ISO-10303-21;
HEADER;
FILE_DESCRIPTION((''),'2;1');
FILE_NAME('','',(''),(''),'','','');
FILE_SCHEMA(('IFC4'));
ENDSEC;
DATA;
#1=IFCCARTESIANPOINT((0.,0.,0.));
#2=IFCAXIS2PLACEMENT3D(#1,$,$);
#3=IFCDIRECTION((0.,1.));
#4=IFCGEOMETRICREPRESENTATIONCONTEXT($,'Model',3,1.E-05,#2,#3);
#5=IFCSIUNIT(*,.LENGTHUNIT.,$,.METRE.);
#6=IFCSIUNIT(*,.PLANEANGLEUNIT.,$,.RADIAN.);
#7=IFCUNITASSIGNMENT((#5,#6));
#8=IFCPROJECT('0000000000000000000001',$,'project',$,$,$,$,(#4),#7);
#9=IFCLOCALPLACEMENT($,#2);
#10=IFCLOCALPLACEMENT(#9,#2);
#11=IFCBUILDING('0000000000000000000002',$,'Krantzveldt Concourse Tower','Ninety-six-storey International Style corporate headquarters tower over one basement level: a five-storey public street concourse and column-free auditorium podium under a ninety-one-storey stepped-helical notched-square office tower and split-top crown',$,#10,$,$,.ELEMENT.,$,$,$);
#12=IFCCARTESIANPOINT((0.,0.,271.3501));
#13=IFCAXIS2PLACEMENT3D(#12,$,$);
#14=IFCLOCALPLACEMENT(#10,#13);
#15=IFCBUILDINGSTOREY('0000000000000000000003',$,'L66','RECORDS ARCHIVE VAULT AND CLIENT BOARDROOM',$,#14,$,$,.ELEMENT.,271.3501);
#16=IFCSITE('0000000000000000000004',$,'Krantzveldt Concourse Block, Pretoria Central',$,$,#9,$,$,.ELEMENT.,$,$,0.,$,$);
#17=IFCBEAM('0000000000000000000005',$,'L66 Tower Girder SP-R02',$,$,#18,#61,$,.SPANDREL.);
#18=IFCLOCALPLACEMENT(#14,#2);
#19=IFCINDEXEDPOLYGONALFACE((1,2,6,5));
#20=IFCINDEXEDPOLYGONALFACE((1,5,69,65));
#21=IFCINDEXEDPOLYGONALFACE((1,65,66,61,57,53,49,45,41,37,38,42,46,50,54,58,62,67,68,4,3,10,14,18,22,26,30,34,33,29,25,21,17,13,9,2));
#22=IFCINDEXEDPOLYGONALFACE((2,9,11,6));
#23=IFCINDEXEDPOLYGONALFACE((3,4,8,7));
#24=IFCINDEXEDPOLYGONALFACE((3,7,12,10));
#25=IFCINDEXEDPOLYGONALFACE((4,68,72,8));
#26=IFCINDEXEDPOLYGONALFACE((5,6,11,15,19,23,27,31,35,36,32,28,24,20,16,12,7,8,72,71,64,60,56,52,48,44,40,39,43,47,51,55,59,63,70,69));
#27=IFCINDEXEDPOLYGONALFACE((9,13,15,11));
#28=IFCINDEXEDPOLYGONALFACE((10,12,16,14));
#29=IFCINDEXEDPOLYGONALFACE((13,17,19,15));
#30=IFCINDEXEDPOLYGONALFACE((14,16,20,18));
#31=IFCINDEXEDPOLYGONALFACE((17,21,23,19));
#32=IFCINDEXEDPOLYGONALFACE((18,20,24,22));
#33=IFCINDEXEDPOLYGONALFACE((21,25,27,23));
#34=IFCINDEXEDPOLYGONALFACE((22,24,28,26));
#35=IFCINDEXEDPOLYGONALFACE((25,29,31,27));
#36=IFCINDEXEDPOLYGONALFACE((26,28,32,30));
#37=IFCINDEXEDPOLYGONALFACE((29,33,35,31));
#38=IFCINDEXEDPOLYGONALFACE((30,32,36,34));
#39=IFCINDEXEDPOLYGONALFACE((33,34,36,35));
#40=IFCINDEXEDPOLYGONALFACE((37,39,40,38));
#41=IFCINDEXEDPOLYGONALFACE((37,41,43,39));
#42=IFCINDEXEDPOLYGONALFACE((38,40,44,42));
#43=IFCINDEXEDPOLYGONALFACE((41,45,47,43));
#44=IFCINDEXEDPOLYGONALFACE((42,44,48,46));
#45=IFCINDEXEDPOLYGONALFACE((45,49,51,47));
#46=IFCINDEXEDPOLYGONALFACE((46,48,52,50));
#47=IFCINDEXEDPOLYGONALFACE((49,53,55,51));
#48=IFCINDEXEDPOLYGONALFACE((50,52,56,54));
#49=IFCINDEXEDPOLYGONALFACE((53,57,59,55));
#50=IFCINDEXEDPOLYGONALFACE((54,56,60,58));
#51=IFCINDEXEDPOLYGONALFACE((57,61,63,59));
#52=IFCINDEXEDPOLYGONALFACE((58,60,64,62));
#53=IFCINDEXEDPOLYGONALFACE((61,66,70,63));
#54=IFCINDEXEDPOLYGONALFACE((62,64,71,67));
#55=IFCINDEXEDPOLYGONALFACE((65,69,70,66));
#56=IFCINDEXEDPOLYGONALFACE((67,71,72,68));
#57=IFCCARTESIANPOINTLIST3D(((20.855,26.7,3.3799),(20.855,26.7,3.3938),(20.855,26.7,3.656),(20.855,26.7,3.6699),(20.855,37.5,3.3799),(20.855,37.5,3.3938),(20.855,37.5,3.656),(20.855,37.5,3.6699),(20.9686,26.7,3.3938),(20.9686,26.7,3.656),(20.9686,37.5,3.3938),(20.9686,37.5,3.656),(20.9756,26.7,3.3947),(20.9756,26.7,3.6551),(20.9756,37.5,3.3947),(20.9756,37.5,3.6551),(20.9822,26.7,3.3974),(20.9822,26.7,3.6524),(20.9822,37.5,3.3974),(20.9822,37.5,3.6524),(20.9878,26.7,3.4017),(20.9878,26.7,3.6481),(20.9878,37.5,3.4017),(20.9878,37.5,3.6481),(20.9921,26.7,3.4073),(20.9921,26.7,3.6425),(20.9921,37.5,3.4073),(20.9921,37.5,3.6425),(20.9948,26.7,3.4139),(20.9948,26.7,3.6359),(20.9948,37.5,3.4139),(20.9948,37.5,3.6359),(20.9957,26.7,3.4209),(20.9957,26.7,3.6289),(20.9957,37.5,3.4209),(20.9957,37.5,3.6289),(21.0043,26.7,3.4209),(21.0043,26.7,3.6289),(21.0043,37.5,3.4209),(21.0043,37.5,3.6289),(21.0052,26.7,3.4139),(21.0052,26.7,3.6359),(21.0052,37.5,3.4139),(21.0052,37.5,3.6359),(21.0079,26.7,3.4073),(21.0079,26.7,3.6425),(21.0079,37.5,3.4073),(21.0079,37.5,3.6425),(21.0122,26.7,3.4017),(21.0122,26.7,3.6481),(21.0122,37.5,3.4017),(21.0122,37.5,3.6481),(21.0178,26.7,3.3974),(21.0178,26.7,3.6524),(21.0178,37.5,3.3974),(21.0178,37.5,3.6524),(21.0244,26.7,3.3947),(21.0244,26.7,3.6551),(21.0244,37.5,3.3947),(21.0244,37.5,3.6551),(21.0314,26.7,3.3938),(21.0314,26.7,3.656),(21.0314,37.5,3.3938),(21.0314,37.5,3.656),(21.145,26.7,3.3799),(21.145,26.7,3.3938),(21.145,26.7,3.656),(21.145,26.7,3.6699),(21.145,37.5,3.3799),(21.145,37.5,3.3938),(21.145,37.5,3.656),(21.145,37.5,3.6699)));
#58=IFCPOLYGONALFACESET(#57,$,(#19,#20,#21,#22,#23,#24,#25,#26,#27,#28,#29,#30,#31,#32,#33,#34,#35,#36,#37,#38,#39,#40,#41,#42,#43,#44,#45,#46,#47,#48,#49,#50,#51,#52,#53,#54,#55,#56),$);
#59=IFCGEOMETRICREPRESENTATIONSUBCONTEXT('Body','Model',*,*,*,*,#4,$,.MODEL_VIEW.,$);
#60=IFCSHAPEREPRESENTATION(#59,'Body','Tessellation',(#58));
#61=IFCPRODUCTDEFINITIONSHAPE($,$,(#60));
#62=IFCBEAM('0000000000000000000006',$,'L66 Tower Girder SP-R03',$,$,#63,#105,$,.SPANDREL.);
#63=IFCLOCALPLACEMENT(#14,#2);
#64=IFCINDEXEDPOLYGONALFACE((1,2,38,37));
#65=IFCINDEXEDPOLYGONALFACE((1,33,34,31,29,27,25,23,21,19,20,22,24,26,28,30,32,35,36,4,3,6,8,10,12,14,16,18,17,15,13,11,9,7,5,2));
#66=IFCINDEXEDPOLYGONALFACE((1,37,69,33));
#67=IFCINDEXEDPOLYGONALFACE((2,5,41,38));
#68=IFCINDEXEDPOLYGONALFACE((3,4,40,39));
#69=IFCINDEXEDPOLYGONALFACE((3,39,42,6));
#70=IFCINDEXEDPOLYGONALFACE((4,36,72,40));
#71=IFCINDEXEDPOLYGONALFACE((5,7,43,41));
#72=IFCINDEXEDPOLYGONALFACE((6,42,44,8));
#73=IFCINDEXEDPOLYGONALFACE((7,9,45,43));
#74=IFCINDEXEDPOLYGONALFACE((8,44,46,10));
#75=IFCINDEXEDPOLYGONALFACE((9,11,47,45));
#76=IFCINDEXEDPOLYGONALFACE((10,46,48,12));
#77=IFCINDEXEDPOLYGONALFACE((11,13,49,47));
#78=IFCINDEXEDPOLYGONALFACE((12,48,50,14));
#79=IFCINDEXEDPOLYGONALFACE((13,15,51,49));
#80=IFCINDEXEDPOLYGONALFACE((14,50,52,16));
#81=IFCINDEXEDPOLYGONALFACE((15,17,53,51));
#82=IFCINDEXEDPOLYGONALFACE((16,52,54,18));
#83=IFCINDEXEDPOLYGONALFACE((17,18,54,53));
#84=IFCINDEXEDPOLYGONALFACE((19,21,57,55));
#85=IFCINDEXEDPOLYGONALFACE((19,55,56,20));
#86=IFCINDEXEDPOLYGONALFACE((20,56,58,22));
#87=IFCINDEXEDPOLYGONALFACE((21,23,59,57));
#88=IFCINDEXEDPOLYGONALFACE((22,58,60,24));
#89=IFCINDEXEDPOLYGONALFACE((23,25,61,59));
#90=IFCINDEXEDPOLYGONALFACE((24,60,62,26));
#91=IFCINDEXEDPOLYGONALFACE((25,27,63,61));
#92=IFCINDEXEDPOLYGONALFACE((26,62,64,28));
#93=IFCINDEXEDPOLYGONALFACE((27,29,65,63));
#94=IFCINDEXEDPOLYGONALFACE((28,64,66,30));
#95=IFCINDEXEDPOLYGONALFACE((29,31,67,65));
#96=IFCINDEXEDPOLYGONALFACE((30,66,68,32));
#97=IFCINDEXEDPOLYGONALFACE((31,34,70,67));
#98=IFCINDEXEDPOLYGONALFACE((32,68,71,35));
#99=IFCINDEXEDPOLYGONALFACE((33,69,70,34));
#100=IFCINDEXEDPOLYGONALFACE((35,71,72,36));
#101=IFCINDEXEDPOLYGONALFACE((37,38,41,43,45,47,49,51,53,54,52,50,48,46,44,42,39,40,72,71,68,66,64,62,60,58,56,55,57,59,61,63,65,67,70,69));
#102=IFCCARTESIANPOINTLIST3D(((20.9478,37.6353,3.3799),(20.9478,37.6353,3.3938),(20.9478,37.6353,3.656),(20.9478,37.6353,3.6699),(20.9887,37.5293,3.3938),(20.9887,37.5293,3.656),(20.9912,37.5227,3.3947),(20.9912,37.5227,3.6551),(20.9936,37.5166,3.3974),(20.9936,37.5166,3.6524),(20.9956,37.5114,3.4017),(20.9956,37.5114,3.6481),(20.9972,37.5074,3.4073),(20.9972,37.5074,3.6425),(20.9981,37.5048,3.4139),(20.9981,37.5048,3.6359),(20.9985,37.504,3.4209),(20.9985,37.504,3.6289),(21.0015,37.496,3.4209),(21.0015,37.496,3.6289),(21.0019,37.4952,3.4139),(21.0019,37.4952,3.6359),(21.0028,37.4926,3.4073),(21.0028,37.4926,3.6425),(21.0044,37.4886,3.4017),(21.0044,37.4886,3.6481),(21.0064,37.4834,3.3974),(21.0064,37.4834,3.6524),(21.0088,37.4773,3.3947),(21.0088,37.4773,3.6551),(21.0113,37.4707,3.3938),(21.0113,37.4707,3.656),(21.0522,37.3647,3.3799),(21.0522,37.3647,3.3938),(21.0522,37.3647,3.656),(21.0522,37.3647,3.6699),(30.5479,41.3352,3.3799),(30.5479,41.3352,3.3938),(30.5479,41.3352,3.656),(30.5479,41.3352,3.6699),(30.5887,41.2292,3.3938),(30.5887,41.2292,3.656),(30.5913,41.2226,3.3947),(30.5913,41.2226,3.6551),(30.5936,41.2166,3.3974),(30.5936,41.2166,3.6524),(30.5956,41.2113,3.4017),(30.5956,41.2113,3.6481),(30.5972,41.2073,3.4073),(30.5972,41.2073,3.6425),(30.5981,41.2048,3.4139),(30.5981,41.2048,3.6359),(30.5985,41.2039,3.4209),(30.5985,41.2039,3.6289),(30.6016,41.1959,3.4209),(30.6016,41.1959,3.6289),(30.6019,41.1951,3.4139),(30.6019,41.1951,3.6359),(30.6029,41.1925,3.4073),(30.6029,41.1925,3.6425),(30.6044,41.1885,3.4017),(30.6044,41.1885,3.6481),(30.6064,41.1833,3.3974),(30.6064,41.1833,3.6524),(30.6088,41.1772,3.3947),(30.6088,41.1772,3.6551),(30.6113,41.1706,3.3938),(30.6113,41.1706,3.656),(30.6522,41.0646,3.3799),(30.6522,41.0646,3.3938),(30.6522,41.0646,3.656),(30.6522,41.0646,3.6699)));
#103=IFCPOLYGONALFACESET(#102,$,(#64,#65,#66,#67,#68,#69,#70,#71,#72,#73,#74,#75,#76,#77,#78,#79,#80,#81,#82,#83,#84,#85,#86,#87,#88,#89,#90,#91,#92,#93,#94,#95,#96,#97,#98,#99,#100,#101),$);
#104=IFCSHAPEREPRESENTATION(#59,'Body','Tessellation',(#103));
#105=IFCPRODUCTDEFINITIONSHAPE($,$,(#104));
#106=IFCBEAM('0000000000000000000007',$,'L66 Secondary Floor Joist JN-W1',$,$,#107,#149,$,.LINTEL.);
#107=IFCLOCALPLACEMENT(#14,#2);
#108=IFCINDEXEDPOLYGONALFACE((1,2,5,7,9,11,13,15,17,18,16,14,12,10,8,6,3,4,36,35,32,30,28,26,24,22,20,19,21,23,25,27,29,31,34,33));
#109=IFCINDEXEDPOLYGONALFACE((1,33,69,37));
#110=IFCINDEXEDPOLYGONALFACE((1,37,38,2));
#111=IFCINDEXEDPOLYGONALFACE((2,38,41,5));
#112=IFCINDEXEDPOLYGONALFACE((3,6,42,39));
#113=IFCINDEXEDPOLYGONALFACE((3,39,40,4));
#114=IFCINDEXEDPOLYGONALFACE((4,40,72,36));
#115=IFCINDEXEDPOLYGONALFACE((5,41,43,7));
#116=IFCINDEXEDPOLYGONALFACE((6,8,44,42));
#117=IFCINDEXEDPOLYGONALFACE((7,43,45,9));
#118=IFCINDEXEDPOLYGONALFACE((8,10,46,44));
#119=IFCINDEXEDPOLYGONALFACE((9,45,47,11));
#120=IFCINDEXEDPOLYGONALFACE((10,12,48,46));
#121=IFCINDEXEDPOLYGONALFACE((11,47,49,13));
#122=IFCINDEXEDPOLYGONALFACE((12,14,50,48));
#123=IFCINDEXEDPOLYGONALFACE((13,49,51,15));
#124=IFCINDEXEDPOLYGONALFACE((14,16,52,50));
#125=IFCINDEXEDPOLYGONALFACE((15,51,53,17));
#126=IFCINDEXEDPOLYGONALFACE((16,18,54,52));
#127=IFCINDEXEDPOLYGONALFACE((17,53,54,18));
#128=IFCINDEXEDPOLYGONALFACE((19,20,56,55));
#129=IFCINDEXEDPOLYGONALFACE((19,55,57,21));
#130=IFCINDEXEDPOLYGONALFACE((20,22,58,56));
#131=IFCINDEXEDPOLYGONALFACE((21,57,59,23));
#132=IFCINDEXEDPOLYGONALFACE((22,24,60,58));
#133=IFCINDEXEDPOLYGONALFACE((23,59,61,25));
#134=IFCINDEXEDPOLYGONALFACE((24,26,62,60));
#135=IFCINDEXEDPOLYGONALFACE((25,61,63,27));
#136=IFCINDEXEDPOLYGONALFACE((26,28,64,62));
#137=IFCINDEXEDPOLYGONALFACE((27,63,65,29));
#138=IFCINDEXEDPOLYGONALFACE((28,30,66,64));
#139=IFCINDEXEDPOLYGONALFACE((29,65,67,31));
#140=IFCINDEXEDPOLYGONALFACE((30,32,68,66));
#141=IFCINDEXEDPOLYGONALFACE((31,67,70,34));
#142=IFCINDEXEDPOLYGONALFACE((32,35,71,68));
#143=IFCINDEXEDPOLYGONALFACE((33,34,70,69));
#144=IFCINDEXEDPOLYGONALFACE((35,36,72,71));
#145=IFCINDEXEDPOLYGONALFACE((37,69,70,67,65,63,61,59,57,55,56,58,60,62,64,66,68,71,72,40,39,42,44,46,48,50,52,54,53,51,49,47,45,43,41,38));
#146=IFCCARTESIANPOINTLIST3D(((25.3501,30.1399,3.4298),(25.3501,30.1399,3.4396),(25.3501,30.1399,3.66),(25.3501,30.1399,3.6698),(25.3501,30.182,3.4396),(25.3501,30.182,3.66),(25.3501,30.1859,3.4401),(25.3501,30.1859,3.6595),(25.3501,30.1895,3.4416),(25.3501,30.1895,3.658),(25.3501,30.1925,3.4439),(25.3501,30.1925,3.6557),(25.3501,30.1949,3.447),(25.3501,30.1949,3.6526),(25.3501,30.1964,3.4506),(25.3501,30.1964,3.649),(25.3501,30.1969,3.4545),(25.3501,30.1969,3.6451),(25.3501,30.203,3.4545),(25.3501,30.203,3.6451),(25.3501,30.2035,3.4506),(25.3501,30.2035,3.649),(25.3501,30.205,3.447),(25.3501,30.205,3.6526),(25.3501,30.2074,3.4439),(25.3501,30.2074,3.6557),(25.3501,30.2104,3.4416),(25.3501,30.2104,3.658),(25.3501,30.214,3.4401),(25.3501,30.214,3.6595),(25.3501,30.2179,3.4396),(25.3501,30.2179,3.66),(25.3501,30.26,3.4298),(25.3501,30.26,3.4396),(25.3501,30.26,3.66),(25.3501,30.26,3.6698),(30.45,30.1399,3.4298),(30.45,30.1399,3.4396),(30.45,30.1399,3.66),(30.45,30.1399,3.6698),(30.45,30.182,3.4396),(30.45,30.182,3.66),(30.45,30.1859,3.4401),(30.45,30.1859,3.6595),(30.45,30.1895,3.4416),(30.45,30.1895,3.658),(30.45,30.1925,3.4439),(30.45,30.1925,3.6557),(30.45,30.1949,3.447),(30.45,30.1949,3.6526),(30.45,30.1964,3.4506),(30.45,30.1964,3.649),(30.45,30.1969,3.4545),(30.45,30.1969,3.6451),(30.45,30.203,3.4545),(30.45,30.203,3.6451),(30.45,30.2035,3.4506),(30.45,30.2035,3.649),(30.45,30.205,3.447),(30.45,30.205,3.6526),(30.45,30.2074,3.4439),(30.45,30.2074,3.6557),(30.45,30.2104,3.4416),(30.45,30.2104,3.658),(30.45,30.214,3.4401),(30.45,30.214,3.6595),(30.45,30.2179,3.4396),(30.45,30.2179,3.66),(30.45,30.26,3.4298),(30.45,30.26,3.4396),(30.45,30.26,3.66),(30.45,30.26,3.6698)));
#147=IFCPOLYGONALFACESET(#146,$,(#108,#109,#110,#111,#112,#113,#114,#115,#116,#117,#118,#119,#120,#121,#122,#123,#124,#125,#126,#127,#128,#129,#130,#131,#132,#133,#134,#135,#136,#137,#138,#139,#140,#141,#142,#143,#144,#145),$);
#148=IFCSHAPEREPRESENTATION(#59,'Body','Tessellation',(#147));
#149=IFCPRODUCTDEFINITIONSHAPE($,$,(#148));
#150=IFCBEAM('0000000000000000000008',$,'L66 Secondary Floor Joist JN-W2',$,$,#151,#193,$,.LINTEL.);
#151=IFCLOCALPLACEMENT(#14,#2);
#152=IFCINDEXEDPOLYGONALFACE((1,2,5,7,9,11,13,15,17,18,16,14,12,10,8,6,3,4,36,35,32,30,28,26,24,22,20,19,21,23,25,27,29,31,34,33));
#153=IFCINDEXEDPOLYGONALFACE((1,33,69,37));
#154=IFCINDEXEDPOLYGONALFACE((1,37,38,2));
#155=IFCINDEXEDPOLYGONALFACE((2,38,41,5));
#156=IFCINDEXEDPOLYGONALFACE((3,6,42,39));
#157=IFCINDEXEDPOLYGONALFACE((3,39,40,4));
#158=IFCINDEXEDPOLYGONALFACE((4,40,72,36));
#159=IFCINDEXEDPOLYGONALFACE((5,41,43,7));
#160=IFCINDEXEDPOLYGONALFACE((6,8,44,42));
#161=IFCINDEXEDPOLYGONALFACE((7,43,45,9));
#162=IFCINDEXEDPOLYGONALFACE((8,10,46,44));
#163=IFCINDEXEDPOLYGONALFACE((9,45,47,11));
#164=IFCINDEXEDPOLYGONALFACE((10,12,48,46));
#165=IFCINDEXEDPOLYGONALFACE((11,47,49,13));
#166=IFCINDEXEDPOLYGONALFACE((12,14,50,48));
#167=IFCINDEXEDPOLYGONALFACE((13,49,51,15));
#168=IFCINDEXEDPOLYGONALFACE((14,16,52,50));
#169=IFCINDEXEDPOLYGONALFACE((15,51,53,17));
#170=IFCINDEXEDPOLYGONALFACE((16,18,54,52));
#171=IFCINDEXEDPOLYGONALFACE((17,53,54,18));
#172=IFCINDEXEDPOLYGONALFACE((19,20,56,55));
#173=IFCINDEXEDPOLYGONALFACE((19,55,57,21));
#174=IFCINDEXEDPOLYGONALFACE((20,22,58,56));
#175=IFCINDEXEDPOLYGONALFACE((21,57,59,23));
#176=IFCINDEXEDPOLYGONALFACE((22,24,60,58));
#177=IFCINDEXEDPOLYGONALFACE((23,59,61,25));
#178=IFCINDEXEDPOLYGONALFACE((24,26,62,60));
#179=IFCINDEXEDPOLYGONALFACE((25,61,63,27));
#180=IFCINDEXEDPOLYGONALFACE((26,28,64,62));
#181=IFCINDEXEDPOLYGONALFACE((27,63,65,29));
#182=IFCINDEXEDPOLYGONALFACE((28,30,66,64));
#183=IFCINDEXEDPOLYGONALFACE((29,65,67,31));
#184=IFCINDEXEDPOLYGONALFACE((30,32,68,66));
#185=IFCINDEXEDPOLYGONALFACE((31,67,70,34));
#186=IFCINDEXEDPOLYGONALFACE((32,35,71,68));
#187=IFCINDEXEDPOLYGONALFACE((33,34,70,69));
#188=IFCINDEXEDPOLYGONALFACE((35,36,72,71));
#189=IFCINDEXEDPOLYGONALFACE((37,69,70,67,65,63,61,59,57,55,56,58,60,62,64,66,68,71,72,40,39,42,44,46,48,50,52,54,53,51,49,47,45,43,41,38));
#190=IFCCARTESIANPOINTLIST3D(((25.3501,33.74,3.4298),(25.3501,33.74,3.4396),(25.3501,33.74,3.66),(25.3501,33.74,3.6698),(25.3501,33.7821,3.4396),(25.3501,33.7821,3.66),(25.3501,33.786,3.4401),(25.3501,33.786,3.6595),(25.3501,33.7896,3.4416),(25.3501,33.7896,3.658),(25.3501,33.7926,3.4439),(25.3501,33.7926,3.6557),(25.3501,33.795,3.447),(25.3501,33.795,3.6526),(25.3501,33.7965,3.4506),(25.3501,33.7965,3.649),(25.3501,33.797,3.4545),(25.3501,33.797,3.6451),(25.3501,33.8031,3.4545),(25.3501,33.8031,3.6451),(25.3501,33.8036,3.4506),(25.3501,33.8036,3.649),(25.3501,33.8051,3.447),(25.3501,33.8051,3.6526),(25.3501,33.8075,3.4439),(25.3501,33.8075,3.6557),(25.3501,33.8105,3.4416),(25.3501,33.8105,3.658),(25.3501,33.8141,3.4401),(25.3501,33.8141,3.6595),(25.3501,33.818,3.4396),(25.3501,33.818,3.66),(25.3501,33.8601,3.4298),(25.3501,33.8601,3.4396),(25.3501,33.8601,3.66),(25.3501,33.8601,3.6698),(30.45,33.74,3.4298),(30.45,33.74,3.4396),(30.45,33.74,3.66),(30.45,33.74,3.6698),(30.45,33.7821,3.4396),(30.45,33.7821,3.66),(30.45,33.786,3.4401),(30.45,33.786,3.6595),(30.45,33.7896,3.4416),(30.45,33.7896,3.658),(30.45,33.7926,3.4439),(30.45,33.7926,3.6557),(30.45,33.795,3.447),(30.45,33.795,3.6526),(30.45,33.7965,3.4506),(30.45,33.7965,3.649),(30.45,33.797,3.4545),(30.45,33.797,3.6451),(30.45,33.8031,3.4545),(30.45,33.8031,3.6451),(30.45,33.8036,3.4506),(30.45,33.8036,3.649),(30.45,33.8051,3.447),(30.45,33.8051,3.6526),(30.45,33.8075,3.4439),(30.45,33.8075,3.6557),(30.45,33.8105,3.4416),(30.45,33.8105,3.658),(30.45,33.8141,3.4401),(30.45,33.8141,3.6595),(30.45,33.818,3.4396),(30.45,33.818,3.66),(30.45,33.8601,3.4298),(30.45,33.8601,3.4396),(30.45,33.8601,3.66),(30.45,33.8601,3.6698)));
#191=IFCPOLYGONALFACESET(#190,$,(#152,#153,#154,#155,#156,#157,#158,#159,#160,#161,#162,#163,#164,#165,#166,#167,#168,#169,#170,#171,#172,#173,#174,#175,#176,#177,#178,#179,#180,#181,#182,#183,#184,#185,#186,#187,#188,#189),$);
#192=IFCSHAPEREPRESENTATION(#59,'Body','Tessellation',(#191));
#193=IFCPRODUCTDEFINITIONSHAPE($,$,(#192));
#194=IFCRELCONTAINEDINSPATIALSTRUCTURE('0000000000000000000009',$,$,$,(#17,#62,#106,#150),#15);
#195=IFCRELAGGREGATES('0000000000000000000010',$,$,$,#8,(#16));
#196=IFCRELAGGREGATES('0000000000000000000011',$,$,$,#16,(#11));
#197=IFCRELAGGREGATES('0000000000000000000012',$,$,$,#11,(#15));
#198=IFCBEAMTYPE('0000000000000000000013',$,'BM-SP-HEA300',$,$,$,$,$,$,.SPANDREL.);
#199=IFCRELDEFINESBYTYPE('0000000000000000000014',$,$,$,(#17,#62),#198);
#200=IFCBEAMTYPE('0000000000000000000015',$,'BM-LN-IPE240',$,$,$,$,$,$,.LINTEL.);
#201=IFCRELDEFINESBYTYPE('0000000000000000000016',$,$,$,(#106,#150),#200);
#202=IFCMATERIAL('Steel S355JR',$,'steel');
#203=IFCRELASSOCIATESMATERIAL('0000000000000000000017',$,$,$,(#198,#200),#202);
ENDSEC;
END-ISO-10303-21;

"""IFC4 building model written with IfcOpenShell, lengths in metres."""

from ifc_helpers import new_model, si_unit, direction, frame, origin, origin_2d, place, context, subcontext, project, spatial, i_section, extrude, source, transform, mapped, material, material_profile, profile_set, type_object, type_shapes, element, save


model = new_model("IFC4")

# Units and contexts
model_context = context("Model", 3, precision=1e-05, world=origin(), true_north=direction((0.0, 1.0)))
body_context = subcontext(model_context, "Body", "Model", "MODEL_VIEW")
ifc_project = project(units=[si_unit("LENGTHUNIT", "METRE"), si_unit("PLANEANGLEUNIT", "RADIAN")], contexts=[model_context])

# Site, building, storey
site_placement = place(None, origin())
site = spatial("IfcSite", under=ifc_project, at=site_placement, Name="Krantzveldt Concourse Block, Pretoria Central", CompositionType="ELEMENT", RefElevation=0.0)
building_placement = place(site_placement, origin())
building = spatial("IfcBuilding", under=site, at=building_placement, Name="Krantzveldt Concourse Tower", Description="Ninety-six-storey International Style corporate headquarters tower over one basement level: a five-storey public street concourse and column-free auditorium podium under a ninety-one-storey stepped-helical notched-square office tower and split-top crown", CompositionType="ELEMENT")
storey_placement = place(building_placement, frame((0.0, 0.0, 271.3501)))
storey = spatial("IfcBuildingStorey", under=building, at=storey_placement, Name="L66", Description="RECORDS ARCHIVE VAULT AND CLIENT BOARDROOM", CompositionType="ELEMENT", Elevation=271.3501)

# Beams
ifc_material_1 = material(Name="Steel S355JR", Category="steel")
ifc_material_profile_1 = material_profile(ifc_material_1, i_section(OverallWidth=0.29, OverallDepth=0.29, WebThickness=0.0085, FlangeThickness=0.0139, FilletRadius=0.0271, at=origin_2d()), Name="Steel S355JR", Category="steel")
ifc_profile_set_1 = profile_set([ifc_material_profile_1], Name="Steel S355JR - HEA 300")
beam_type_1 = type_object("IfcBeamType", Name="BM-SP-HEA300", PredefinedType="SPANDREL", material=ifc_profile_set_1)
shared_shape_1 = source(origin(), body_context, "Body", "SweptSolid", [
    extrude(i_section(OverallWidth=0.29, OverallDepth=0.29, WebThickness=0.0085, FlangeThickness=0.0139, FilletRadius=0.0271, at=origin_2d()), origin(), (0.0, 0.0, 1.0), 10.8),
])
beam_1_placement = place(storey_placement, frame((21.0, 26.7, 3.5249), z_axis=(0.0, 1.0, 0.0), x_axis=(-1.0, 0.0, 0.0)))
element("IfcBeam", 1, at=beam_1_placement, inside=storey, type_object=beam_type_1, Name="L66 Tower Girder SP-R02", PredefinedType="SPANDREL", context=body_context, shape_type="MappedRepresentation", body=[
    mapped(shared_shape_1, transform((0.0, 0.0, 0.0), x_axis=(1.0, 0.0, 0.0), y_axis=(0.0, 1.0, 0.0), z_axis=(0.0, 0.0, 1.0), scale=1.0)),
])
shared_shape_2 = source(origin(), body_context, "Body", "SweptSolid", [
    extrude(i_section(OverallWidth=0.29, OverallDepth=0.29, WebThickness=0.0085, FlangeThickness=0.0139, FilletRadius=0.0271, at=origin_2d()), origin(), (0.0, 0.0, 1.0), 10.2883),
])
type_shapes(beam_type_1, [shared_shape_1, shared_shape_2])
beam_2_placement = place(storey_placement, frame((21.0, 37.5, 3.5249), z_axis=(0.933098, 0.359623, 0.0), x_axis=(-0.359623, 0.933098, 0.0)))
element("IfcBeam", 2, at=beam_2_placement, inside=storey, type_object=beam_type_1, Name="L66 Tower Girder SP-R03", PredefinedType="SPANDREL", context=body_context, shape_type="MappedRepresentation", body=[
    mapped(shared_shape_2, transform((0.0, 0.0, 0.0), x_axis=(1.0, 0.0, 0.0), y_axis=(0.0, 1.0, 0.0), z_axis=(0.0, 0.0, 1.0), scale=1.0)),
])
ifc_material_profile_2 = material_profile(ifc_material_1, i_section(OverallWidth=0.1201, OverallDepth=0.24, WebThickness=0.0061, FlangeThickness=0.0098, FilletRadius=0.0149, at=origin_2d()), Name="Steel S355JR", Category="steel")
ifc_profile_set_2 = profile_set([ifc_material_profile_2], Name="Steel S355JR - IPE 240")
beam_type_2 = type_object("IfcBeamType", Name="BM-LN-IPE240", PredefinedType="LINTEL", material=ifc_profile_set_2)
shared_shape_3 = source(origin(), body_context, "Body", "SweptSolid", [
    extrude(i_section(OverallWidth=0.1201, OverallDepth=0.24, WebThickness=0.0061, FlangeThickness=0.0098, FilletRadius=0.0149, at=origin_2d()), origin(), (0.0, 0.0, 1.0), 5.0999),
])
type_shapes(beam_type_2, [shared_shape_3])
for number, where, z_axis, x_axis, name in (
    (3, (25.3501, 30.2, 3.5498), (1.0, 0.0, 0.0), (0.0, 1.0, 0.0), "L66 Secondary Floor Joist JN-W1"),
    (4, (25.3501, 33.8, 3.5498), (1.0, 0.0, 0.0), (0.0, 1.0, 0.0), "L66 Secondary Floor Joist JN-W2"),
):
    element("IfcBeam", number, at=place(storey_placement, frame(where, z_axis=z_axis, x_axis=x_axis)), inside=storey, type_object=beam_type_2, Name=name, PredefinedType="LINTEL", context=body_context, shape_type="MappedRepresentation", body=[
        mapped(shared_shape_3, transform((0.0, 0.0, 0.0), x_axis=(1.0, 0.0, 0.0), y_axis=(0.0, 1.0, 0.0), z_axis=(0.0, 0.0, 1.0), scale=1.0)),
    ])

save(model, "model.ifc")
